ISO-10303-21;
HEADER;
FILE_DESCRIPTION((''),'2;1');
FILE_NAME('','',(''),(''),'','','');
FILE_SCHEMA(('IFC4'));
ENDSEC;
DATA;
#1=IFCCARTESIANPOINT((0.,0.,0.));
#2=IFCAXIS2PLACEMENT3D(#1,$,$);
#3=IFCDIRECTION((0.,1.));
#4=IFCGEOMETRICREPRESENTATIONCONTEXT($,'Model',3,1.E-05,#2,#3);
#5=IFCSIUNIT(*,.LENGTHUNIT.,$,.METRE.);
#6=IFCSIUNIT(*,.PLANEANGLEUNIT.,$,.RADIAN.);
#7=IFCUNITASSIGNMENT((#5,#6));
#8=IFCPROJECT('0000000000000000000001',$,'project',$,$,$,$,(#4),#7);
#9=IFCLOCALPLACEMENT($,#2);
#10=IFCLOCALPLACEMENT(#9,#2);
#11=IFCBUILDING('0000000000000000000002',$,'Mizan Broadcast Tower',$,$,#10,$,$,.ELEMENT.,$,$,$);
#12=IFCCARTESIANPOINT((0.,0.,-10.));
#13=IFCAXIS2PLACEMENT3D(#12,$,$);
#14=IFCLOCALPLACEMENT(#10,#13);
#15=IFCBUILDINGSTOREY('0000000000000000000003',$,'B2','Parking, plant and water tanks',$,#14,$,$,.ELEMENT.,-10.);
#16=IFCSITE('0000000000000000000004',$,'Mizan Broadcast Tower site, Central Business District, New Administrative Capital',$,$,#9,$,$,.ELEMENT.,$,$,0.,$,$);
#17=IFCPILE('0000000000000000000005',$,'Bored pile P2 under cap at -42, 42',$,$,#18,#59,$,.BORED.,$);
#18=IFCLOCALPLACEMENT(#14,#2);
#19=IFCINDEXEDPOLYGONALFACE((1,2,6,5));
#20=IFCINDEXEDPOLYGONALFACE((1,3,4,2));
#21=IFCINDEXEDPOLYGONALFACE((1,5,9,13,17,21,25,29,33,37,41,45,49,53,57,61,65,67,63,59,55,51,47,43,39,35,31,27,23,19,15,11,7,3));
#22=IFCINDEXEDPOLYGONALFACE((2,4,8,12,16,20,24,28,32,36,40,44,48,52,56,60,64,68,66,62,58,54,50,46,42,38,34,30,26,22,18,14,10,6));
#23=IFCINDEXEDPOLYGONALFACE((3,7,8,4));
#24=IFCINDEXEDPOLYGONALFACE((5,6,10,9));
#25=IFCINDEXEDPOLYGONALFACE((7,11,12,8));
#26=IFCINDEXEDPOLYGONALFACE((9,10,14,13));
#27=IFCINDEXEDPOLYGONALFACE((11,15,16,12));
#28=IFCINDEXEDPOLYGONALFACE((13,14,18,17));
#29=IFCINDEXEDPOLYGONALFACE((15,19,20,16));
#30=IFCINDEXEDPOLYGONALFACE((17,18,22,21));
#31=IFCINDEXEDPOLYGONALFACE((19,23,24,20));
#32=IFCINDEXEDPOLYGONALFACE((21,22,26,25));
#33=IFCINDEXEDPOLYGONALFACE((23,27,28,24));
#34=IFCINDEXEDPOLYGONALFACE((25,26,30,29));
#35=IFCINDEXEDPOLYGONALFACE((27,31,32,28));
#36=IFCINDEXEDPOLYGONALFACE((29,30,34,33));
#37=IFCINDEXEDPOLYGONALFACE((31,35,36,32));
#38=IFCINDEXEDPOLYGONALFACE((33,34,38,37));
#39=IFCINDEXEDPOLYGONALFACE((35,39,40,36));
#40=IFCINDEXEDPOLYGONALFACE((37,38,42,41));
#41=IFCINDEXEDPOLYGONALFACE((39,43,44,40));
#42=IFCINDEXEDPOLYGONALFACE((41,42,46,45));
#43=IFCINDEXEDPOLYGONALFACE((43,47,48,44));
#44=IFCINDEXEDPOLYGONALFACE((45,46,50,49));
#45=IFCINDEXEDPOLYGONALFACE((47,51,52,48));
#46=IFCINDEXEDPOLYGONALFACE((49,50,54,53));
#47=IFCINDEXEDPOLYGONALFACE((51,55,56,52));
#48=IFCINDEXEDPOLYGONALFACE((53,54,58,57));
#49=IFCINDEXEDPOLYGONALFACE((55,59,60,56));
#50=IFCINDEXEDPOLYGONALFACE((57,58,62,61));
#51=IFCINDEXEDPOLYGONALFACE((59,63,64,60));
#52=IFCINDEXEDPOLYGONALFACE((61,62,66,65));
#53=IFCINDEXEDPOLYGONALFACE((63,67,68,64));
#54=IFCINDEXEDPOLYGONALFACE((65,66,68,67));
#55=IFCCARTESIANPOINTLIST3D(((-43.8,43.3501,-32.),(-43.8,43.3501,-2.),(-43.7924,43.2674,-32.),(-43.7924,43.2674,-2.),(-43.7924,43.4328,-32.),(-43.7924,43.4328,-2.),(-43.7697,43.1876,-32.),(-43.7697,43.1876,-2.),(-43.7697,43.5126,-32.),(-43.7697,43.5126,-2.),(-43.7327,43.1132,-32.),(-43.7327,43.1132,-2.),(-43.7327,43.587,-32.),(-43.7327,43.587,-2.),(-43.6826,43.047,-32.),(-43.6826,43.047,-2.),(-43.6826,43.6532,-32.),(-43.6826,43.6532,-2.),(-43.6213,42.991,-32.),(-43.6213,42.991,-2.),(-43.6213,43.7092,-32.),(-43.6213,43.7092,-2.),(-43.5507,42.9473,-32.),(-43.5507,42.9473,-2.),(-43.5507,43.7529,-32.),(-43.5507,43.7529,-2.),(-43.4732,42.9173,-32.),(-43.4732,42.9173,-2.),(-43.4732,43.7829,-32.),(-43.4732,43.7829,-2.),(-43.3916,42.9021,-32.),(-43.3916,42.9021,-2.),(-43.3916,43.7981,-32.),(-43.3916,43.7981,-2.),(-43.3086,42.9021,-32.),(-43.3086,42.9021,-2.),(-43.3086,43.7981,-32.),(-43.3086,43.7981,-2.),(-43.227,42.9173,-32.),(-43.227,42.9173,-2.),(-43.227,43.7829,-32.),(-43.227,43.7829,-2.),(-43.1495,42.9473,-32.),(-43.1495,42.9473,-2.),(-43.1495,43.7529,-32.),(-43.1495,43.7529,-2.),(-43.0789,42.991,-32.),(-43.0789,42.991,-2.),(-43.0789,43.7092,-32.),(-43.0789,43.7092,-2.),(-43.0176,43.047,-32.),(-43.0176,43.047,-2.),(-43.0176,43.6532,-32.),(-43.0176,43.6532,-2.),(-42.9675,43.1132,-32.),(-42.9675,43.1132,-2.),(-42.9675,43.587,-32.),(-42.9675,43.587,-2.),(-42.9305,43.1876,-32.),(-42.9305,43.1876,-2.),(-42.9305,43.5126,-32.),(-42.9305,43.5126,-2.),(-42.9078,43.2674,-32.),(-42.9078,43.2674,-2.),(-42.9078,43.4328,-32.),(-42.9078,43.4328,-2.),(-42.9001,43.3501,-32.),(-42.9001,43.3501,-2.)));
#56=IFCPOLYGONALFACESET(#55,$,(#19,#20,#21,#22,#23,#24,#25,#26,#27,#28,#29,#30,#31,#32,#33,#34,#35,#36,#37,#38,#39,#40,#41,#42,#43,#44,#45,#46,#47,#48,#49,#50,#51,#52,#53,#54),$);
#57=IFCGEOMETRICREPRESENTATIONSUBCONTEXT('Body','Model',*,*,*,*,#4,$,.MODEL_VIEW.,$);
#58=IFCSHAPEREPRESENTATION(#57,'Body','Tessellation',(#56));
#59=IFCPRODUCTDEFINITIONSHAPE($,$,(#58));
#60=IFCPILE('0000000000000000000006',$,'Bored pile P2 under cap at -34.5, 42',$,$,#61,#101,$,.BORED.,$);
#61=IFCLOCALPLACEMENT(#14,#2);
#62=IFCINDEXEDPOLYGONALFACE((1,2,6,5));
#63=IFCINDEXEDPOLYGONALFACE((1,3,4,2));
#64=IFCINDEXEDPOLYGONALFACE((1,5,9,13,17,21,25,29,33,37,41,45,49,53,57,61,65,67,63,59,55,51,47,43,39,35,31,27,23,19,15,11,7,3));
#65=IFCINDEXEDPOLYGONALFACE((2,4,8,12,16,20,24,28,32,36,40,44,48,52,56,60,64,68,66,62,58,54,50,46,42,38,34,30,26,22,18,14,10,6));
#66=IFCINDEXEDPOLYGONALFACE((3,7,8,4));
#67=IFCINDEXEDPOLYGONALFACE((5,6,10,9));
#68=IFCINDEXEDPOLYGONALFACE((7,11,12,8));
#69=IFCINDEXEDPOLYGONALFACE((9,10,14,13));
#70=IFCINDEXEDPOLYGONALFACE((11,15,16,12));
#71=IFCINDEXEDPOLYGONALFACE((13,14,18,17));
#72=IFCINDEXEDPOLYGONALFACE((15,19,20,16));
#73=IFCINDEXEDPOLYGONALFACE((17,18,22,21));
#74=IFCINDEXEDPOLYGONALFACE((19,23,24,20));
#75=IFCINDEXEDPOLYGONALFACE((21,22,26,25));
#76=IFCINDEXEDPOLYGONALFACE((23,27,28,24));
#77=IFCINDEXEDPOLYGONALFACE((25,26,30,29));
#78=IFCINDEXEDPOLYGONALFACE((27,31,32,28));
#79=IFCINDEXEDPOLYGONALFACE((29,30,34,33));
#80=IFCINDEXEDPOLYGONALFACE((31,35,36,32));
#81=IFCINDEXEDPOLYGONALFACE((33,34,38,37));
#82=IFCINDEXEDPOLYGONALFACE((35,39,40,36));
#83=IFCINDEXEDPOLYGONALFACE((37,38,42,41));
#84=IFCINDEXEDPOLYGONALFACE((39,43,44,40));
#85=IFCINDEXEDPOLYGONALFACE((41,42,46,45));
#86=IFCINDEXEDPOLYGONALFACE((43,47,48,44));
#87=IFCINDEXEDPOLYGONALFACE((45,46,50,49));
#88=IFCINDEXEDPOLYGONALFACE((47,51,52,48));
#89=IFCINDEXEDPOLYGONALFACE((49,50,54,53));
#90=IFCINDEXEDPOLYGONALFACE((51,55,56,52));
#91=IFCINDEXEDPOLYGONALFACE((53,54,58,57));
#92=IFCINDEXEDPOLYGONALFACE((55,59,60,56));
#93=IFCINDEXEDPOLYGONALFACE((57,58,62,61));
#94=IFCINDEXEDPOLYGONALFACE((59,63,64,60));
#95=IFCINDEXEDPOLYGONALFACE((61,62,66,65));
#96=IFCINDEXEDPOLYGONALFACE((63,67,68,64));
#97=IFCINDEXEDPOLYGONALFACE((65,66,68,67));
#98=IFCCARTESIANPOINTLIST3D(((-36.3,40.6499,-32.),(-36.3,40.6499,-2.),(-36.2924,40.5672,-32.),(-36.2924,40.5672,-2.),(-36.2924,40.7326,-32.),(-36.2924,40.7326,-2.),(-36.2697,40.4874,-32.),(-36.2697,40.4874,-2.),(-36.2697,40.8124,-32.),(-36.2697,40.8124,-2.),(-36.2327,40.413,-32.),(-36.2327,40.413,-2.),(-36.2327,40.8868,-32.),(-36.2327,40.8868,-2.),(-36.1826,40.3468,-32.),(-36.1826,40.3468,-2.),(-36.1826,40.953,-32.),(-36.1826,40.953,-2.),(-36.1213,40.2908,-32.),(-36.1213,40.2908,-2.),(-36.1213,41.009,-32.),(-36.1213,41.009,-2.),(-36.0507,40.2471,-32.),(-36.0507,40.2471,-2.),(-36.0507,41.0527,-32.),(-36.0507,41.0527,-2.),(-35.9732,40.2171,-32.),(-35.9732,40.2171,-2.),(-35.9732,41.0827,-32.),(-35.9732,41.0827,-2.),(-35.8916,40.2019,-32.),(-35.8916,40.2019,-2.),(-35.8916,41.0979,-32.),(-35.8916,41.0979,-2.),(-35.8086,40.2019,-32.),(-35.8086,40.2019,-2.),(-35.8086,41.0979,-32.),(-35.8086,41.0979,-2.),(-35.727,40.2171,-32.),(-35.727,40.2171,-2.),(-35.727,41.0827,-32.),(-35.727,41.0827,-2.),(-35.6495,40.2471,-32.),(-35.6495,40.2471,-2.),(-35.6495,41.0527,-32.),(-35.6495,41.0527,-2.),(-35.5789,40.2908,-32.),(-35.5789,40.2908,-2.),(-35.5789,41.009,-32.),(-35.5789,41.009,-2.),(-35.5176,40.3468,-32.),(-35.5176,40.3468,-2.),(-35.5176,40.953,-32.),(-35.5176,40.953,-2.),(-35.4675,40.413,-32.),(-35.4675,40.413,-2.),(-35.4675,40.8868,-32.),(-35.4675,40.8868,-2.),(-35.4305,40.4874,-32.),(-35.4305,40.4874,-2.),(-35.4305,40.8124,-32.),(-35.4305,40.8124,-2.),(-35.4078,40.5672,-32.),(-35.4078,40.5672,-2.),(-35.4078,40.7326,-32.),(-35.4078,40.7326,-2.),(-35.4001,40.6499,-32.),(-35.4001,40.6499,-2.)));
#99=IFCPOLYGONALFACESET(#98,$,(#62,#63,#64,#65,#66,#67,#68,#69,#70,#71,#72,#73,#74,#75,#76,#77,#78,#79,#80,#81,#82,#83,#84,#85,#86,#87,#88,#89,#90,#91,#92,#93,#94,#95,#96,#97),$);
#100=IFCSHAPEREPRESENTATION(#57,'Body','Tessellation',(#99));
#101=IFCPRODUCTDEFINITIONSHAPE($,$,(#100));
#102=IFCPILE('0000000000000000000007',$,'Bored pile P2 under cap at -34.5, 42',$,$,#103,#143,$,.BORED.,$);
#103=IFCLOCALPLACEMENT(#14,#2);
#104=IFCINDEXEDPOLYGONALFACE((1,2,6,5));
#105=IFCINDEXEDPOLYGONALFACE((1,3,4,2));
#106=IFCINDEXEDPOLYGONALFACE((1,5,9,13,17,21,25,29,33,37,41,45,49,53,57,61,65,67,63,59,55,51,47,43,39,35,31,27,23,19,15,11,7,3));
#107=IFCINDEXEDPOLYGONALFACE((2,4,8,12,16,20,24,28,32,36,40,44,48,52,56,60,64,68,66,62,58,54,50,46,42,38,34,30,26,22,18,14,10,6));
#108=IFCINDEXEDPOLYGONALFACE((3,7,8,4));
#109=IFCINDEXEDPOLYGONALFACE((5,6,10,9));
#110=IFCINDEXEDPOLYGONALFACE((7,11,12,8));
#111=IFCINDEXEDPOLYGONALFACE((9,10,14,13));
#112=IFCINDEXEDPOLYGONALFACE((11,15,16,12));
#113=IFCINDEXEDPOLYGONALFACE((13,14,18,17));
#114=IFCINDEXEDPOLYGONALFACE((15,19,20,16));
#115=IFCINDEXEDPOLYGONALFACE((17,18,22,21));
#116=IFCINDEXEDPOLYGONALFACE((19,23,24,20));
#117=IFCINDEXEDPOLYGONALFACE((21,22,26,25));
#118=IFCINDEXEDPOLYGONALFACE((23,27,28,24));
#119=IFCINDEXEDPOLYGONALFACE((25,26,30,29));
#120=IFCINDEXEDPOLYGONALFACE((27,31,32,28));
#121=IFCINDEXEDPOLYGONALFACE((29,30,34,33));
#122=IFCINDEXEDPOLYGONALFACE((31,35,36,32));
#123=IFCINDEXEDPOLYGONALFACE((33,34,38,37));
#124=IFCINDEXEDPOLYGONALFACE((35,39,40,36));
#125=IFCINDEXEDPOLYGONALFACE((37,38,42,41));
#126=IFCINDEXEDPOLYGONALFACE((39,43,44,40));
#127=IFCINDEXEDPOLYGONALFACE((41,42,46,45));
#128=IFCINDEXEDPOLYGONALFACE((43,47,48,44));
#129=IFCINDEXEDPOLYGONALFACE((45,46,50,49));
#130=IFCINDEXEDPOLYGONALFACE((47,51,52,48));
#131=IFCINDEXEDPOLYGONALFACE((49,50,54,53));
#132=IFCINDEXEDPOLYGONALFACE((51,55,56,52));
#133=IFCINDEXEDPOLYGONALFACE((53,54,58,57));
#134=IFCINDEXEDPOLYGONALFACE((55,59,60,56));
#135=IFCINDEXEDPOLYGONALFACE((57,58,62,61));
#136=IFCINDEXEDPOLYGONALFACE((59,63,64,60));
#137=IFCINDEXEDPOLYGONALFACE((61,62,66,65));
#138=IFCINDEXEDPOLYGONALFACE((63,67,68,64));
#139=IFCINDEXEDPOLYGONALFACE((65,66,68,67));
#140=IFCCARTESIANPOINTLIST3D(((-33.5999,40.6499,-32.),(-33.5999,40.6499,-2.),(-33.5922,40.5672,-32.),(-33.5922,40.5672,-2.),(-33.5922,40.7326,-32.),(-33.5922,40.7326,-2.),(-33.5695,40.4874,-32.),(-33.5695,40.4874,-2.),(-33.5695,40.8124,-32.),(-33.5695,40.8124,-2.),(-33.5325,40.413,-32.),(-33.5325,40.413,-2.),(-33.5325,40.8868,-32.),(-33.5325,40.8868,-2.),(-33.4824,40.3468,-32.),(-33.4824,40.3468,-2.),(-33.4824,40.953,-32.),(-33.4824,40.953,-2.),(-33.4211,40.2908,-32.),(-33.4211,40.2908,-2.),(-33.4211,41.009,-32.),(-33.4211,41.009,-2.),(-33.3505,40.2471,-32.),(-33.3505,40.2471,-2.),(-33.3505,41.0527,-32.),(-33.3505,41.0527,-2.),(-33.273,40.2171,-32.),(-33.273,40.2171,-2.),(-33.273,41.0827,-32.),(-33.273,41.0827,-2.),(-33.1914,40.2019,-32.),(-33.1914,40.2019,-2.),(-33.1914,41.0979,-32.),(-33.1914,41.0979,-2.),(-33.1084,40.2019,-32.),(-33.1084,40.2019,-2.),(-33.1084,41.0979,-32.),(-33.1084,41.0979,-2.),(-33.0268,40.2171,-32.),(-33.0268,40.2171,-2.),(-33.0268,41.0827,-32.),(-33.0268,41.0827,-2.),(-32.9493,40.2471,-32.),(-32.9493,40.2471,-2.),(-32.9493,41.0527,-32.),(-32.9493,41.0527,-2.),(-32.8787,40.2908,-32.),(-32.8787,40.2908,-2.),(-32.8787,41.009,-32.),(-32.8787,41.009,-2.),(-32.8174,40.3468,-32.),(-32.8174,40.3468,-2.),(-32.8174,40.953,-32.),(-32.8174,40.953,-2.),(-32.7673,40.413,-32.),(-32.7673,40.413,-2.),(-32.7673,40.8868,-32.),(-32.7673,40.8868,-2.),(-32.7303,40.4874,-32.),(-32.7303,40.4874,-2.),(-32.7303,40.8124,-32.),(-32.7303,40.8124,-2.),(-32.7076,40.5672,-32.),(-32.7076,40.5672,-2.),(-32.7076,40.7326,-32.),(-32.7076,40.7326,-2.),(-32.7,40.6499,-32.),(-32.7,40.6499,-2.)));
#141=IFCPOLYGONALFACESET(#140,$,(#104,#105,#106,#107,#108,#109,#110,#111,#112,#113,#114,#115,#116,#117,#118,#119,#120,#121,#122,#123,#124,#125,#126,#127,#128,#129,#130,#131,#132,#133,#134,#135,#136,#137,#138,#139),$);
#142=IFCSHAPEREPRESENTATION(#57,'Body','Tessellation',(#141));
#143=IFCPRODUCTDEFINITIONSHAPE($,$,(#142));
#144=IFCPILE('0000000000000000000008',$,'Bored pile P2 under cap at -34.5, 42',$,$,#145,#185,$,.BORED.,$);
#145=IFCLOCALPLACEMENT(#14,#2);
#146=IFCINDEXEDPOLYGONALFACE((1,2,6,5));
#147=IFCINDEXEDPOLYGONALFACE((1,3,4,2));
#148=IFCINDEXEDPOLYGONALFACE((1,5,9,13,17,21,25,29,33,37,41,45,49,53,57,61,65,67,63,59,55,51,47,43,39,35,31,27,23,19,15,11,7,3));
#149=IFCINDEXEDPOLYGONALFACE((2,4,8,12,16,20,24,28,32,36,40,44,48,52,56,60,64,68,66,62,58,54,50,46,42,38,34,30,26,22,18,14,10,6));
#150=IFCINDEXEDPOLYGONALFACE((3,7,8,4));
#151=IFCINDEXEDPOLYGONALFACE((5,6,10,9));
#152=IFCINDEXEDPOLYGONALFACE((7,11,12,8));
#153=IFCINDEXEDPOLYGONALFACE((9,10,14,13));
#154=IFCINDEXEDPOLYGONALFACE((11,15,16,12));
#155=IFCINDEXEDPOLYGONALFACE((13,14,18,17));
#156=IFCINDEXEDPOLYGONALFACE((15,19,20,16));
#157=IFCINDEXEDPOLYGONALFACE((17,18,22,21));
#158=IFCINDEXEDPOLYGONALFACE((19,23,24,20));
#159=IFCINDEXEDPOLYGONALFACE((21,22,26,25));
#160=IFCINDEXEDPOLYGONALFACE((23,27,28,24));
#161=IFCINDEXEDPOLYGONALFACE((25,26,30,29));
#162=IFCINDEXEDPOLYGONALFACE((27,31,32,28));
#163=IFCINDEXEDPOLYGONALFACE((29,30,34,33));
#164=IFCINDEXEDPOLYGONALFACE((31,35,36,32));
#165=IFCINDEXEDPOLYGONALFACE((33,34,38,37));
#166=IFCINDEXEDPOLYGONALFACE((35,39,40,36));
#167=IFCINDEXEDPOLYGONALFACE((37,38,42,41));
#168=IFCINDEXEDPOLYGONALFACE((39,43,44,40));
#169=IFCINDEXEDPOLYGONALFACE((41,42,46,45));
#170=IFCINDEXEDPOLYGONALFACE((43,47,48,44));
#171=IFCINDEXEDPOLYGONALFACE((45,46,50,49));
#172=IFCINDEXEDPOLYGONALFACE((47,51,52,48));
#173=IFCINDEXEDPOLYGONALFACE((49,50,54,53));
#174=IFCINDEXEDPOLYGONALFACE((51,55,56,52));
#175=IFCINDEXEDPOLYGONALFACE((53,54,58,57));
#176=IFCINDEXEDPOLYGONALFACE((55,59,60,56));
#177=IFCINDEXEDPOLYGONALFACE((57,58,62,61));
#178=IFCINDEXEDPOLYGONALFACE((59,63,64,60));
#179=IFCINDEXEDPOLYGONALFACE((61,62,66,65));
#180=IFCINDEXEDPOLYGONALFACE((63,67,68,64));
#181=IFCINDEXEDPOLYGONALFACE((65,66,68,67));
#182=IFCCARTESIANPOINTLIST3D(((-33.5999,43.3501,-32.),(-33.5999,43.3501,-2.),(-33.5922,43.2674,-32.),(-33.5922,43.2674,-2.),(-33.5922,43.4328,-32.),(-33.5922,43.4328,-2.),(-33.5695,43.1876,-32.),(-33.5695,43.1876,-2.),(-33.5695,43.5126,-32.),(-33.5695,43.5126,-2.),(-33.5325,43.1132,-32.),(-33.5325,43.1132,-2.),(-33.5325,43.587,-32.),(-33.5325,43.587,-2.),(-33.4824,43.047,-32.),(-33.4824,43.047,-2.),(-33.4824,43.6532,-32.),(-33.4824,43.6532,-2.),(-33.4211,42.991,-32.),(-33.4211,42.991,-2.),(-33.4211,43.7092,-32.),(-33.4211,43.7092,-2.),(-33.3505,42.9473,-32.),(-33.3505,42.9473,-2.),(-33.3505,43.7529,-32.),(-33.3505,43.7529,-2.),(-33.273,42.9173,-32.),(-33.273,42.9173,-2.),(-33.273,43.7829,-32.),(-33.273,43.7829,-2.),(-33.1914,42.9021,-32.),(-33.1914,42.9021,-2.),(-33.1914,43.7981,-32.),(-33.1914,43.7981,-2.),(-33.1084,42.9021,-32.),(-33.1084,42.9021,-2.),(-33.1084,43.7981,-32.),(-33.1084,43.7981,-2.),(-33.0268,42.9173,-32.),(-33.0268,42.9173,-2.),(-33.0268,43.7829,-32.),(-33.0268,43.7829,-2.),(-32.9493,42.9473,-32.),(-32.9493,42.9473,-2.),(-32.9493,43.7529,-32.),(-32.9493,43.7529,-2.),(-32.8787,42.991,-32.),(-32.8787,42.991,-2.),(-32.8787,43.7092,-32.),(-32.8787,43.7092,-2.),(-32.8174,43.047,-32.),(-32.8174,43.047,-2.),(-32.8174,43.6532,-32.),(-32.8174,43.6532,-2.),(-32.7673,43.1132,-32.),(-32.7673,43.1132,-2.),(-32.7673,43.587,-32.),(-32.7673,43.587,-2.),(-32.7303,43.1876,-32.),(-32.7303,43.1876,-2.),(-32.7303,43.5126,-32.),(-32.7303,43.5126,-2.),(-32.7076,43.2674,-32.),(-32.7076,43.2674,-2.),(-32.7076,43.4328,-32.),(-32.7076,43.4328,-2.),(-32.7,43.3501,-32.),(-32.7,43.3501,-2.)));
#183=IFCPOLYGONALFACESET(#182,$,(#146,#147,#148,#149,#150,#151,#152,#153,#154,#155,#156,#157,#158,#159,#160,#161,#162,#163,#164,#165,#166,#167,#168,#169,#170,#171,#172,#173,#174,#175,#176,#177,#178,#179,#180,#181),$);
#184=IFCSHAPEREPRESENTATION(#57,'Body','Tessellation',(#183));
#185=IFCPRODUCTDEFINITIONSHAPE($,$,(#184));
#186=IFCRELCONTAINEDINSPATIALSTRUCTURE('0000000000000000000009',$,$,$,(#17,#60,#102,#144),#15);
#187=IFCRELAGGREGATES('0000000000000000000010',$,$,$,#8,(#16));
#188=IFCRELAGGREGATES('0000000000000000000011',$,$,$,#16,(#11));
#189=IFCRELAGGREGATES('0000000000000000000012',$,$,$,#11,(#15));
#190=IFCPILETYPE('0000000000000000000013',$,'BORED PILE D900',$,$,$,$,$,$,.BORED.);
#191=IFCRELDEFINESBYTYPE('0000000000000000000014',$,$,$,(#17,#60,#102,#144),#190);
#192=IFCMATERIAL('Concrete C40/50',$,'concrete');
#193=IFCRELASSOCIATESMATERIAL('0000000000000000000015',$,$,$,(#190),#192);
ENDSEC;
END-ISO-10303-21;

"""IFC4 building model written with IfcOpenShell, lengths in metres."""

from ifc_helpers import new_model, si_unit, direction, frame, origin, origin_2d, place, context, subcontext, project, spatial, circle, extrude, material, material_profile, profile_set, type_object, element, save


model = new_model("IFC4")

# Units and contexts
model_context = context("Model", 3, precision=1e-05, world=origin(), true_north=direction((0.0, 1.0)))
body_context = subcontext(model_context, "Body", "Model", "MODEL_VIEW")
ifc_project = project(units=[si_unit("LENGTHUNIT", "METRE"), si_unit("PLANEANGLEUNIT", "RADIAN")], contexts=[model_context])

# Site, building, storey
site_placement = place(None, origin())
site = spatial("IfcSite", under=ifc_project, at=site_placement, Name="Mizan Broadcast Tower site, Central Business District, New Administrative Capital", CompositionType="ELEMENT", RefElevation=0.0)
building_placement = place(site_placement, origin())
building = spatial("IfcBuilding", under=site, at=building_placement, Name="Mizan Broadcast Tower", CompositionType="ELEMENT")
storey_placement = place(building_placement, frame((0.0, 0.0, -10.0)))
storey = spatial("IfcBuildingStorey", under=building, at=storey_placement, Name="B2", Description="Parking, plant and water tanks", CompositionType="ELEMENT", Elevation=-10.0)

# Piles
ifc_material_1 = material(Name="Concrete C40/50", Category="concrete")
ifc_material_profile_1 = material_profile(ifc_material_1, circle(Radius=0.45, at=origin_2d()), Name="D900")
ifc_profile_set_1 = profile_set([ifc_material_profile_1], Name="Concrete C40/50")
pile_type = type_object("IfcPileType", Name="BORED PILE D900", PredefinedType="BORED", material=ifc_profile_set_1)
for number, where, z_axis, x_axis, name in (
    (1, (-43.3501, 43.3501, -2.0), (0.0, 0.0, -1.0), (1.0, 0.0, 0.0), "Bored pile P2 under cap at -42, 42"),
    (2, (-35.8501, 40.6499, -2.0), (0.0, 0.0, -1.0), (1.0, 0.0, 0.0), "Bored pile P2 under cap at -34.5, 42"),
    (3, (-33.1499, 40.6499, -2.0), (0.0, 0.0, -1.0), (1.0, 0.0, 0.0), "Bored pile P2 under cap at -34.5, 42"),
    (4, (-33.1499, 43.3501, -2.0), (0.0, 0.0, -1.0), (1.0, 0.0, 0.0), "Bored pile P2 under cap at -34.5, 42"),
):
    element("IfcPile", number, at=place(storey_placement, frame(where, z_axis=z_axis, x_axis=x_axis)), inside=storey, type_object=pile_type, Name=name, PredefinedType="BORED", context=body_context, shape_type="SweptSolid", body=[
        extrude(circle(Radius=0.45, at=origin_2d()), origin(), (0.0, 0.0, 1.0), 30.0),
    ])

save(model, "model.ifc")
